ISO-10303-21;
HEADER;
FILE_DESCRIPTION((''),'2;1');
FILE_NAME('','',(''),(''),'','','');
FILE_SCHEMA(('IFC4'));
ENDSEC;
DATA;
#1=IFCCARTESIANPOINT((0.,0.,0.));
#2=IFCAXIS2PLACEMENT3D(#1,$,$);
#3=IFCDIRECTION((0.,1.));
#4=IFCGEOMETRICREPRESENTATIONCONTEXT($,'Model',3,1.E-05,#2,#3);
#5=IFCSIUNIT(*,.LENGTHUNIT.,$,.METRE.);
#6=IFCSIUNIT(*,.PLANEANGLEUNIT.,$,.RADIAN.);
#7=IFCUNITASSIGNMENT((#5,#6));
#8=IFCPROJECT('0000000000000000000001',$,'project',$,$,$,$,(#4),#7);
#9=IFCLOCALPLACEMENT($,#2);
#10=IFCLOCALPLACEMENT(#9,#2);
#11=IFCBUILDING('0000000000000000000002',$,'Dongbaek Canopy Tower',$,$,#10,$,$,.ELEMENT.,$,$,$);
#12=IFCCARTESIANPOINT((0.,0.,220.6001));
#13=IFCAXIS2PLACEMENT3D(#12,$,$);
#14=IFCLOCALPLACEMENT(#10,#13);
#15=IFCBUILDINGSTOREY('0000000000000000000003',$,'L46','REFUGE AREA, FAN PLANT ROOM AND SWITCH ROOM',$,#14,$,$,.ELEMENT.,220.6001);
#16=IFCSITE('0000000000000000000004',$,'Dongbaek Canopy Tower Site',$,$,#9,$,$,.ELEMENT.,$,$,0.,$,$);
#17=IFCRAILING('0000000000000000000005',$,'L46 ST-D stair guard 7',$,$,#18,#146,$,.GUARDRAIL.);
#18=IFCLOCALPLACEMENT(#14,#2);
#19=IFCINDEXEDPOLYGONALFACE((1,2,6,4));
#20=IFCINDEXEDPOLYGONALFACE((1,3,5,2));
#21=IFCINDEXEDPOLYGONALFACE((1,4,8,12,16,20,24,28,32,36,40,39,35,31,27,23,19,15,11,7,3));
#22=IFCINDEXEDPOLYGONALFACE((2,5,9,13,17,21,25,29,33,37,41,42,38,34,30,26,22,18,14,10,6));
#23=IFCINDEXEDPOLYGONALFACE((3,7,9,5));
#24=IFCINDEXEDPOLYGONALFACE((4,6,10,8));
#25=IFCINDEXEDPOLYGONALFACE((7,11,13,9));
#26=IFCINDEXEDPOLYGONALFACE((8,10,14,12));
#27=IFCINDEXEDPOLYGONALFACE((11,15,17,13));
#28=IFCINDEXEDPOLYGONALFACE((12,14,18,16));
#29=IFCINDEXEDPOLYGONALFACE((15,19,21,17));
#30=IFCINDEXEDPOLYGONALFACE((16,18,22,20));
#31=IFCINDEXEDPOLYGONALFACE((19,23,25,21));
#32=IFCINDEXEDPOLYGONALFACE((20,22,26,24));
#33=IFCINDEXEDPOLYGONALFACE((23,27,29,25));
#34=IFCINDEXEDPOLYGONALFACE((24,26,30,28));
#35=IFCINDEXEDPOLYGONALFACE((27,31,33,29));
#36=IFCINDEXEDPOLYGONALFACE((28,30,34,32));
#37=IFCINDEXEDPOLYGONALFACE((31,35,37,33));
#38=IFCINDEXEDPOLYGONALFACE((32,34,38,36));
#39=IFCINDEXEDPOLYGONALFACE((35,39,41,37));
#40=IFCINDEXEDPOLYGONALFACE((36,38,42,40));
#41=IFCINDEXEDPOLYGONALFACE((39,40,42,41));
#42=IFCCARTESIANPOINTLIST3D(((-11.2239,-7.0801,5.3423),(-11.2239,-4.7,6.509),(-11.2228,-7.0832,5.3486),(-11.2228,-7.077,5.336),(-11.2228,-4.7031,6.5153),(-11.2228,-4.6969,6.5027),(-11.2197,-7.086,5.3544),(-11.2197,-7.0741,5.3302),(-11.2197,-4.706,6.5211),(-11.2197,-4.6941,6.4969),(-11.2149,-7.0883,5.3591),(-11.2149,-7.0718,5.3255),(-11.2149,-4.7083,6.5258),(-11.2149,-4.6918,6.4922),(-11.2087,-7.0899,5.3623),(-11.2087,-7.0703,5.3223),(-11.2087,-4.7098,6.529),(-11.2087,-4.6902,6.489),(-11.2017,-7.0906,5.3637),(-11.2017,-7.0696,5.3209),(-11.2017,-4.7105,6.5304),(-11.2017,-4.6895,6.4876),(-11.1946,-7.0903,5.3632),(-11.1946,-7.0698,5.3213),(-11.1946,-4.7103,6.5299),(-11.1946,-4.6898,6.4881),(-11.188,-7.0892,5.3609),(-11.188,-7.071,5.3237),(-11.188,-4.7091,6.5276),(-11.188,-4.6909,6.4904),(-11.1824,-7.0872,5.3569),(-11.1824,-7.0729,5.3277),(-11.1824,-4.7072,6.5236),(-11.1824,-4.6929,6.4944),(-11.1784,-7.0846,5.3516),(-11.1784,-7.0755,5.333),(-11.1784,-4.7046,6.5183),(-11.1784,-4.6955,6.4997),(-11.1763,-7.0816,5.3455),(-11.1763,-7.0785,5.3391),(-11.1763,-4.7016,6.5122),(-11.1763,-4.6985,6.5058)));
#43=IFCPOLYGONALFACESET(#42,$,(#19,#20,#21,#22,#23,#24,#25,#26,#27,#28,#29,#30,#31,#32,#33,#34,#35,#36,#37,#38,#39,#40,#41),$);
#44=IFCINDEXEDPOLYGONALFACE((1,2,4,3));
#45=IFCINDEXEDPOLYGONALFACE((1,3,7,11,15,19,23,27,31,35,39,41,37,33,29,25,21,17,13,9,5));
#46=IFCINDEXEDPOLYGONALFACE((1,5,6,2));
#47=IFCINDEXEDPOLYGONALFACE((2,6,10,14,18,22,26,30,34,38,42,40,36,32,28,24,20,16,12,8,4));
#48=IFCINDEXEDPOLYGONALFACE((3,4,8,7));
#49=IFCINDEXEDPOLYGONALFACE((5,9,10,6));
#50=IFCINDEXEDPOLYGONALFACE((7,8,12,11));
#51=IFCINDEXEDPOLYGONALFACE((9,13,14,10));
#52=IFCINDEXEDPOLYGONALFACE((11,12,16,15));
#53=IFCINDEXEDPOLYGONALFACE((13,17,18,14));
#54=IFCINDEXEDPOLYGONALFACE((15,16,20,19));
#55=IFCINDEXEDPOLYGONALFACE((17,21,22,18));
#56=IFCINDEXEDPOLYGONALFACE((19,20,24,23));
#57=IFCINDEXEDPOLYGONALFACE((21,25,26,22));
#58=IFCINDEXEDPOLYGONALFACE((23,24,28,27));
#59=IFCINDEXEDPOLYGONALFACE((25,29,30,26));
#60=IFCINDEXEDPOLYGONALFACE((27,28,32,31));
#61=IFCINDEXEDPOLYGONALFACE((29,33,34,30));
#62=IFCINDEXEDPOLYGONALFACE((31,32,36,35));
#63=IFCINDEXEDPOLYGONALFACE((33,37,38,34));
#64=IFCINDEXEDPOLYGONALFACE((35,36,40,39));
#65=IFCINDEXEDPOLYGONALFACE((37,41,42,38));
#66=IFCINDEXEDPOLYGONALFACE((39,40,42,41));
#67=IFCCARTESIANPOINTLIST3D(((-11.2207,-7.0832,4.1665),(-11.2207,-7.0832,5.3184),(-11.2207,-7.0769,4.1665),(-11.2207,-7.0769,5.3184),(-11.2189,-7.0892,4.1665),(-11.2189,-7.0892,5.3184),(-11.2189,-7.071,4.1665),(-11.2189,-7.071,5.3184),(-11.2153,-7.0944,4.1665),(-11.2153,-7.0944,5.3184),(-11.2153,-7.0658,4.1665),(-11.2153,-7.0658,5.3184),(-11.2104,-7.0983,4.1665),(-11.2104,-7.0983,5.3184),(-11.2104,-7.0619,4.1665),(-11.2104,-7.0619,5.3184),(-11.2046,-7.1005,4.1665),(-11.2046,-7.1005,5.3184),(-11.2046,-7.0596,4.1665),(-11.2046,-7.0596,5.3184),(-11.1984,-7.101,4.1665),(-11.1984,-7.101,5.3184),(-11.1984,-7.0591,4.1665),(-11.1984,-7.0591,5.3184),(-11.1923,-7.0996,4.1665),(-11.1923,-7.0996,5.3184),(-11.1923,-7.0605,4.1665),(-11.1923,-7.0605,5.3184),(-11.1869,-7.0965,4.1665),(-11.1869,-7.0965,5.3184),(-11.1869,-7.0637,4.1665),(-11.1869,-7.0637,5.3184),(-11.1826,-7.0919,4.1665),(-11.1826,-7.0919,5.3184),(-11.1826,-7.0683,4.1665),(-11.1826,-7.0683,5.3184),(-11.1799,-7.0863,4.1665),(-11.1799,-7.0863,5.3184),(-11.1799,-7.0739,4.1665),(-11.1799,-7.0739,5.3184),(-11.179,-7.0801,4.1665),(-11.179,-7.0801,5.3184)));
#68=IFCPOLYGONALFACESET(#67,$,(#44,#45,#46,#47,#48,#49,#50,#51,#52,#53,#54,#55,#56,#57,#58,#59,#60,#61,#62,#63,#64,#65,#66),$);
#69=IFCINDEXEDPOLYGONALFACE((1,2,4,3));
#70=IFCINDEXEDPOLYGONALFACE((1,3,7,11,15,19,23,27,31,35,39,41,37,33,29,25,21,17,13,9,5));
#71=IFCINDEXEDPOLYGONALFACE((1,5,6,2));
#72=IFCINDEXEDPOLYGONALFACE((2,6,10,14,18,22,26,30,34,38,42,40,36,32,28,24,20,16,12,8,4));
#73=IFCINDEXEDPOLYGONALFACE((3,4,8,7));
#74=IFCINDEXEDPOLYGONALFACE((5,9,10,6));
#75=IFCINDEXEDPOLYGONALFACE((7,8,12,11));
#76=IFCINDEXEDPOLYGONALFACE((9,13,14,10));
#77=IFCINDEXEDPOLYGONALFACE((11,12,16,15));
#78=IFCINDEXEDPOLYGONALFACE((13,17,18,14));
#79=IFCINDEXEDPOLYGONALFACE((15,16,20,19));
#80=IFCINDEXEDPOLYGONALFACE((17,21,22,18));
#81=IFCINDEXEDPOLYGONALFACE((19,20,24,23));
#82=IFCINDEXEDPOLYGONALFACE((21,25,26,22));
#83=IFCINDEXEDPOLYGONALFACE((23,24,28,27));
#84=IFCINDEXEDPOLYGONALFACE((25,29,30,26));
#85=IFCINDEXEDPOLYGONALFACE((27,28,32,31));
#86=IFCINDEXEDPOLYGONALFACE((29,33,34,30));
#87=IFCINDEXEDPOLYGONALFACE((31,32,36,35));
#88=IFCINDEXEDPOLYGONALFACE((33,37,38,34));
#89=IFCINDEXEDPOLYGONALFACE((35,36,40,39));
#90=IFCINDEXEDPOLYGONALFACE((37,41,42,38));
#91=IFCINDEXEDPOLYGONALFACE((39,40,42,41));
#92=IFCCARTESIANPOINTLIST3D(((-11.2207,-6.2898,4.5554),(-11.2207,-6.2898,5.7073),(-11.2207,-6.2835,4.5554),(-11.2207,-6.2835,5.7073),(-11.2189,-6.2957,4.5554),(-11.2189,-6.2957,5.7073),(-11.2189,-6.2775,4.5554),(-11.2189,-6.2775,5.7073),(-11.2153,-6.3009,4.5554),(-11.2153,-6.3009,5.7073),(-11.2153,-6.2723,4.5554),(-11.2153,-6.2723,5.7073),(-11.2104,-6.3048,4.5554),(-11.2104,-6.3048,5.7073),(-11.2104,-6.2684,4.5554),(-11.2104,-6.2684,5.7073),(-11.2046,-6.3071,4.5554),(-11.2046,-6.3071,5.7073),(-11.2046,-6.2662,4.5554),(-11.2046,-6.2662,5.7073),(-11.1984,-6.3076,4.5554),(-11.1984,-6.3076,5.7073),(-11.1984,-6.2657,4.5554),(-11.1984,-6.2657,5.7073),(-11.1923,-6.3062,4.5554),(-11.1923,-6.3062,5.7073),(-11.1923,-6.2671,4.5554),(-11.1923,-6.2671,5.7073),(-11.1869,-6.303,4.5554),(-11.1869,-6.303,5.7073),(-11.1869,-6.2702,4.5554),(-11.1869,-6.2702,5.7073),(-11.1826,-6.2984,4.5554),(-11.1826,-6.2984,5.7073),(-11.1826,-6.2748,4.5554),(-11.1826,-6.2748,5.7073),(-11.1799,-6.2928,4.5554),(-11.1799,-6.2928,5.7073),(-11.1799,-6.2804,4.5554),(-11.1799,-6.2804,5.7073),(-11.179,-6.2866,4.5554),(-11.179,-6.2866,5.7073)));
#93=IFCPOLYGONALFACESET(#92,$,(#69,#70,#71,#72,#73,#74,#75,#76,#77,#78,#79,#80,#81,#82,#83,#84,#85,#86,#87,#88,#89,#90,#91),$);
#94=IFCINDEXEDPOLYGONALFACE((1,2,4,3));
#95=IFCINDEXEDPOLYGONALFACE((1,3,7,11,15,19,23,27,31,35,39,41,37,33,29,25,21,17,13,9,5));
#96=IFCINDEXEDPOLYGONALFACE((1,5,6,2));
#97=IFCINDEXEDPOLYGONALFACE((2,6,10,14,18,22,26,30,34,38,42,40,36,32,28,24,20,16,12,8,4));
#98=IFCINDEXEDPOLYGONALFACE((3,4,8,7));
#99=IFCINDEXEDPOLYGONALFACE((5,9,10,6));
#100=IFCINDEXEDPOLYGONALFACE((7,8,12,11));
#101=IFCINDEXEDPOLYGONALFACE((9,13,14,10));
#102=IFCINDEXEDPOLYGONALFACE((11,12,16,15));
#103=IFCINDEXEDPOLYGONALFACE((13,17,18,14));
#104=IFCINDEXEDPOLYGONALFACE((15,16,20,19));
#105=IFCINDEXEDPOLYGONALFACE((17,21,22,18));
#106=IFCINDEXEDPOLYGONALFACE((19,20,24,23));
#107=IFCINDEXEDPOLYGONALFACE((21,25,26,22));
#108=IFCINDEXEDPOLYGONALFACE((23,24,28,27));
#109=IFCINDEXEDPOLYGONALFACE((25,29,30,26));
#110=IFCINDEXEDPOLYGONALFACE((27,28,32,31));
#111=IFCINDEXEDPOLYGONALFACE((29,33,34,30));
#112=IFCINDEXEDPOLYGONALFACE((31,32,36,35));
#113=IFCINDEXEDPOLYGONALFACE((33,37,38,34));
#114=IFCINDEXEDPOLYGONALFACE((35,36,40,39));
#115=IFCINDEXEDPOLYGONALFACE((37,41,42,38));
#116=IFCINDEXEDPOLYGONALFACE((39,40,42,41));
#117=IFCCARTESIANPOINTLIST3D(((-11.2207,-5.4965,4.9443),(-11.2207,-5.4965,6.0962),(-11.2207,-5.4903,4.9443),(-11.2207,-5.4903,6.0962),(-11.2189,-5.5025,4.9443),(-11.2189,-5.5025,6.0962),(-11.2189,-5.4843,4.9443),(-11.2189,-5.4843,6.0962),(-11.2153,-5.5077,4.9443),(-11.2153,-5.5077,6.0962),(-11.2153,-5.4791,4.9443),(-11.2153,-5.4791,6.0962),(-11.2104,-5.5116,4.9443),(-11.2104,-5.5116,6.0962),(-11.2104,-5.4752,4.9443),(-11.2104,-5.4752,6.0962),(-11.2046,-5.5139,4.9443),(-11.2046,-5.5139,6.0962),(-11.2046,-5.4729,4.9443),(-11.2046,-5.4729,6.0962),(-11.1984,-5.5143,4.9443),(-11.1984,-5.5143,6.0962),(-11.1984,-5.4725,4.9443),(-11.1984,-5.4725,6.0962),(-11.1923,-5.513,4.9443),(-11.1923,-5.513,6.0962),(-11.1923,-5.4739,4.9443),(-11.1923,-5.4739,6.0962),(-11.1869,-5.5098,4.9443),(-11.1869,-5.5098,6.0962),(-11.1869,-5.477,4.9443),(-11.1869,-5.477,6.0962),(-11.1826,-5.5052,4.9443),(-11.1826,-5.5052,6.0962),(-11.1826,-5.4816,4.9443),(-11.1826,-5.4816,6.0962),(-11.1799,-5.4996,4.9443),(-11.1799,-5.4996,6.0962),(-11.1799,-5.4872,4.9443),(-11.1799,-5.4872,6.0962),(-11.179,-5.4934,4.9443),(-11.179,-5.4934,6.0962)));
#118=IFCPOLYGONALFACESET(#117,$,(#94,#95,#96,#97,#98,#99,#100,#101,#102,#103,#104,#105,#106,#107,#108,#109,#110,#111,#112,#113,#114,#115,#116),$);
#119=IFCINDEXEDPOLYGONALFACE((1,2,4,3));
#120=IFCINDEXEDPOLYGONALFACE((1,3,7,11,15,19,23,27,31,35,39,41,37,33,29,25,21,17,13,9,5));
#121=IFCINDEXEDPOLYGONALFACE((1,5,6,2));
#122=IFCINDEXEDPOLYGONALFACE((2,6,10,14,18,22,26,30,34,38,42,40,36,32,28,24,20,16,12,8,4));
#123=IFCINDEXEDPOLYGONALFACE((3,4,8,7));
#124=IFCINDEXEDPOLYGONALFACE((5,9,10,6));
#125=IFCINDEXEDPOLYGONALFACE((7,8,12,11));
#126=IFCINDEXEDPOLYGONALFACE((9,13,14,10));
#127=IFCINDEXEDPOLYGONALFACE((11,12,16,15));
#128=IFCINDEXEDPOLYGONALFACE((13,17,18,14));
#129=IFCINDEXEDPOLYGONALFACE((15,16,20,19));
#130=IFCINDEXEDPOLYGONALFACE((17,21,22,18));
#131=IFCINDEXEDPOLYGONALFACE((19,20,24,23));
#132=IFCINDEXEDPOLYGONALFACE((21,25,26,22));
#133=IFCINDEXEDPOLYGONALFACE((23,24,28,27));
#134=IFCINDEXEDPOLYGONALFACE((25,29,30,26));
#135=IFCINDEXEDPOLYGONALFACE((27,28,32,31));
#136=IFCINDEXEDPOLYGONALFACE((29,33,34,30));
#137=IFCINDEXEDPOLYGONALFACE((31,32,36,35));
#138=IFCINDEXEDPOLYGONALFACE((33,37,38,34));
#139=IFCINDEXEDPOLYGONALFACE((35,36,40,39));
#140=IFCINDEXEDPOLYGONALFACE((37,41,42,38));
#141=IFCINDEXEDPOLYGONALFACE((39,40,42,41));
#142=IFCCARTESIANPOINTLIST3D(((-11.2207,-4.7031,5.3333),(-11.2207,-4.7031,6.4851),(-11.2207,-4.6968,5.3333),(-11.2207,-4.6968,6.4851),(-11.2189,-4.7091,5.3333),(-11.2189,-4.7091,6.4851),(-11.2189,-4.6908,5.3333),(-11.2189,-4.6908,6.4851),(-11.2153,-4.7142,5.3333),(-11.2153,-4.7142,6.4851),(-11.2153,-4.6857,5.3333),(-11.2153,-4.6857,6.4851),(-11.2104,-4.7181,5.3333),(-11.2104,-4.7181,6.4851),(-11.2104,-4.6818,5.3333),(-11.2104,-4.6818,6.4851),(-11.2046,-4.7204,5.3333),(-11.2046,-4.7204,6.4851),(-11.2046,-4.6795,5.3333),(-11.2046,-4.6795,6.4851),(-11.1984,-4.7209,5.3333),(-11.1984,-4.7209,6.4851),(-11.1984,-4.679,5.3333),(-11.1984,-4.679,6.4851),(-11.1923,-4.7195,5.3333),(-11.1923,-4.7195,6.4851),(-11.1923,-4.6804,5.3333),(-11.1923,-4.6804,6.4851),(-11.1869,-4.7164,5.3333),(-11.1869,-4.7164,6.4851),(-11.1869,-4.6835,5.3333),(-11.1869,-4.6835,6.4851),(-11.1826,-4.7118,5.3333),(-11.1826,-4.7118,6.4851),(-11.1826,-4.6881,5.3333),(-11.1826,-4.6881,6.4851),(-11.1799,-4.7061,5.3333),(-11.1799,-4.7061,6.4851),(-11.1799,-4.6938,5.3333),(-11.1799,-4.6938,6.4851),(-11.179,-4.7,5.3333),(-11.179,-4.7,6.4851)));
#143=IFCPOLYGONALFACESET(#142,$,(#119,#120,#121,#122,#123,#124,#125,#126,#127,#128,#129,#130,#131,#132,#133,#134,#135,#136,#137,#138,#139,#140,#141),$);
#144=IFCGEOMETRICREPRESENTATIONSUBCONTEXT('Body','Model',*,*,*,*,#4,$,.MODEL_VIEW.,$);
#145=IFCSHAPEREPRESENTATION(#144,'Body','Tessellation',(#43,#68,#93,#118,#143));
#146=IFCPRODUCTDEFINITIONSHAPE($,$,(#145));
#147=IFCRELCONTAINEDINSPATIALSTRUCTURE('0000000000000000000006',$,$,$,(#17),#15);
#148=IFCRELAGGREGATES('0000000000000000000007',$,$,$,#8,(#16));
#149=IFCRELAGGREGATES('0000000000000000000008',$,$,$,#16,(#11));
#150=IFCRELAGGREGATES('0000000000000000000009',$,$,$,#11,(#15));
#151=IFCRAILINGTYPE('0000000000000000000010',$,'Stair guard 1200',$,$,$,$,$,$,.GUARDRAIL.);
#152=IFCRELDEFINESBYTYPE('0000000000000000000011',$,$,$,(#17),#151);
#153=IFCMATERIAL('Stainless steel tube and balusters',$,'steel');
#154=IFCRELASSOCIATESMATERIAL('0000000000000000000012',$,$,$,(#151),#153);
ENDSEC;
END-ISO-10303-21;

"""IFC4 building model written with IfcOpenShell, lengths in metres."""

from ifc_helpers import new_model, si_unit, direction, frame, origin, origin_2d, place, context, subcontext, project, spatial, circle, extrude, material, type_object, element, save


model = new_model("IFC4")

# Units and contexts
model_context = context("Model", 3, precision=1e-05, world=origin(), true_north=direction((0.0, 1.0)))
body_context = subcontext(model_context, "Body", "Model", "MODEL_VIEW")
ifc_project = project(units=[si_unit("LENGTHUNIT", "METRE"), si_unit("PLANEANGLEUNIT", "RADIAN")], contexts=[model_context])

# Site, building, storey
site_placement = place(None, origin())
site = spatial("IfcSite", under=ifc_project, at=site_placement, Name="Dongbaek Canopy Tower Site", CompositionType="ELEMENT", RefElevation=0.0)
building_placement = place(site_placement, origin())
building = spatial("IfcBuilding", under=site, at=building_placement, Name="Dongbaek Canopy Tower", CompositionType="ELEMENT")
storey_placement = place(building_placement, frame((0.0, 0.0, 220.6001)))
storey = spatial("IfcBuildingStorey", under=building, at=storey_placement, Name="L46", Description="REFUGE AREA, FAN PLANT ROOM AND SWITCH ROOM", CompositionType="ELEMENT", Elevation=220.6001)

# Railing
ifc_material_1 = material(Name="Stainless steel tube and balusters", Category="steel")
railing_type = type_object("IfcRailingType", Name="Stair guard 1200", PredefinedType="GUARDRAIL", material=ifc_material_1)
railing_1_placement = place(storey_placement, frame((-11.2, -7.0801, 4.1665)))
element("IfcRailing", 1, at=railing_1_placement, inside=storey, type_object=railing_type, Name="L46 ST-D stair guard 7", PredefinedType="GUARDRAIL", context=body_context, shape_type="SweptSolid", body=[
    extrude(circle(Radius=0.0239, at=origin_2d()), frame((0.0, 0.0, 1.1758), z_axis=(0.0, 0.897918, 0.440163), x_axis=(-1.0, 0.0, 0.0)), (0.0, 0.0, 1.0), 2.6506),
    extrude(circle(Radius=0.021, at=origin_2d()), origin(), (0.0, 0.0, 1.0), 1.1519),
    extrude(circle(Radius=0.021, at=origin_2d()), frame((0.0, 0.7935, 0.3889)), (0.0, 0.0, 1.0), 1.1519),
    extrude(circle(Radius=0.021, at=origin_2d()), frame((0.0, 1.5867, 0.7778)), (0.0, 0.0, 1.0), 1.1519),
    extrude(circle(Radius=0.021, at=origin_2d()), frame((0.0, 2.3801, 1.1667)), (0.0, 0.0, 1.0), 1.1519),
])

save(model, "model.ifc")
